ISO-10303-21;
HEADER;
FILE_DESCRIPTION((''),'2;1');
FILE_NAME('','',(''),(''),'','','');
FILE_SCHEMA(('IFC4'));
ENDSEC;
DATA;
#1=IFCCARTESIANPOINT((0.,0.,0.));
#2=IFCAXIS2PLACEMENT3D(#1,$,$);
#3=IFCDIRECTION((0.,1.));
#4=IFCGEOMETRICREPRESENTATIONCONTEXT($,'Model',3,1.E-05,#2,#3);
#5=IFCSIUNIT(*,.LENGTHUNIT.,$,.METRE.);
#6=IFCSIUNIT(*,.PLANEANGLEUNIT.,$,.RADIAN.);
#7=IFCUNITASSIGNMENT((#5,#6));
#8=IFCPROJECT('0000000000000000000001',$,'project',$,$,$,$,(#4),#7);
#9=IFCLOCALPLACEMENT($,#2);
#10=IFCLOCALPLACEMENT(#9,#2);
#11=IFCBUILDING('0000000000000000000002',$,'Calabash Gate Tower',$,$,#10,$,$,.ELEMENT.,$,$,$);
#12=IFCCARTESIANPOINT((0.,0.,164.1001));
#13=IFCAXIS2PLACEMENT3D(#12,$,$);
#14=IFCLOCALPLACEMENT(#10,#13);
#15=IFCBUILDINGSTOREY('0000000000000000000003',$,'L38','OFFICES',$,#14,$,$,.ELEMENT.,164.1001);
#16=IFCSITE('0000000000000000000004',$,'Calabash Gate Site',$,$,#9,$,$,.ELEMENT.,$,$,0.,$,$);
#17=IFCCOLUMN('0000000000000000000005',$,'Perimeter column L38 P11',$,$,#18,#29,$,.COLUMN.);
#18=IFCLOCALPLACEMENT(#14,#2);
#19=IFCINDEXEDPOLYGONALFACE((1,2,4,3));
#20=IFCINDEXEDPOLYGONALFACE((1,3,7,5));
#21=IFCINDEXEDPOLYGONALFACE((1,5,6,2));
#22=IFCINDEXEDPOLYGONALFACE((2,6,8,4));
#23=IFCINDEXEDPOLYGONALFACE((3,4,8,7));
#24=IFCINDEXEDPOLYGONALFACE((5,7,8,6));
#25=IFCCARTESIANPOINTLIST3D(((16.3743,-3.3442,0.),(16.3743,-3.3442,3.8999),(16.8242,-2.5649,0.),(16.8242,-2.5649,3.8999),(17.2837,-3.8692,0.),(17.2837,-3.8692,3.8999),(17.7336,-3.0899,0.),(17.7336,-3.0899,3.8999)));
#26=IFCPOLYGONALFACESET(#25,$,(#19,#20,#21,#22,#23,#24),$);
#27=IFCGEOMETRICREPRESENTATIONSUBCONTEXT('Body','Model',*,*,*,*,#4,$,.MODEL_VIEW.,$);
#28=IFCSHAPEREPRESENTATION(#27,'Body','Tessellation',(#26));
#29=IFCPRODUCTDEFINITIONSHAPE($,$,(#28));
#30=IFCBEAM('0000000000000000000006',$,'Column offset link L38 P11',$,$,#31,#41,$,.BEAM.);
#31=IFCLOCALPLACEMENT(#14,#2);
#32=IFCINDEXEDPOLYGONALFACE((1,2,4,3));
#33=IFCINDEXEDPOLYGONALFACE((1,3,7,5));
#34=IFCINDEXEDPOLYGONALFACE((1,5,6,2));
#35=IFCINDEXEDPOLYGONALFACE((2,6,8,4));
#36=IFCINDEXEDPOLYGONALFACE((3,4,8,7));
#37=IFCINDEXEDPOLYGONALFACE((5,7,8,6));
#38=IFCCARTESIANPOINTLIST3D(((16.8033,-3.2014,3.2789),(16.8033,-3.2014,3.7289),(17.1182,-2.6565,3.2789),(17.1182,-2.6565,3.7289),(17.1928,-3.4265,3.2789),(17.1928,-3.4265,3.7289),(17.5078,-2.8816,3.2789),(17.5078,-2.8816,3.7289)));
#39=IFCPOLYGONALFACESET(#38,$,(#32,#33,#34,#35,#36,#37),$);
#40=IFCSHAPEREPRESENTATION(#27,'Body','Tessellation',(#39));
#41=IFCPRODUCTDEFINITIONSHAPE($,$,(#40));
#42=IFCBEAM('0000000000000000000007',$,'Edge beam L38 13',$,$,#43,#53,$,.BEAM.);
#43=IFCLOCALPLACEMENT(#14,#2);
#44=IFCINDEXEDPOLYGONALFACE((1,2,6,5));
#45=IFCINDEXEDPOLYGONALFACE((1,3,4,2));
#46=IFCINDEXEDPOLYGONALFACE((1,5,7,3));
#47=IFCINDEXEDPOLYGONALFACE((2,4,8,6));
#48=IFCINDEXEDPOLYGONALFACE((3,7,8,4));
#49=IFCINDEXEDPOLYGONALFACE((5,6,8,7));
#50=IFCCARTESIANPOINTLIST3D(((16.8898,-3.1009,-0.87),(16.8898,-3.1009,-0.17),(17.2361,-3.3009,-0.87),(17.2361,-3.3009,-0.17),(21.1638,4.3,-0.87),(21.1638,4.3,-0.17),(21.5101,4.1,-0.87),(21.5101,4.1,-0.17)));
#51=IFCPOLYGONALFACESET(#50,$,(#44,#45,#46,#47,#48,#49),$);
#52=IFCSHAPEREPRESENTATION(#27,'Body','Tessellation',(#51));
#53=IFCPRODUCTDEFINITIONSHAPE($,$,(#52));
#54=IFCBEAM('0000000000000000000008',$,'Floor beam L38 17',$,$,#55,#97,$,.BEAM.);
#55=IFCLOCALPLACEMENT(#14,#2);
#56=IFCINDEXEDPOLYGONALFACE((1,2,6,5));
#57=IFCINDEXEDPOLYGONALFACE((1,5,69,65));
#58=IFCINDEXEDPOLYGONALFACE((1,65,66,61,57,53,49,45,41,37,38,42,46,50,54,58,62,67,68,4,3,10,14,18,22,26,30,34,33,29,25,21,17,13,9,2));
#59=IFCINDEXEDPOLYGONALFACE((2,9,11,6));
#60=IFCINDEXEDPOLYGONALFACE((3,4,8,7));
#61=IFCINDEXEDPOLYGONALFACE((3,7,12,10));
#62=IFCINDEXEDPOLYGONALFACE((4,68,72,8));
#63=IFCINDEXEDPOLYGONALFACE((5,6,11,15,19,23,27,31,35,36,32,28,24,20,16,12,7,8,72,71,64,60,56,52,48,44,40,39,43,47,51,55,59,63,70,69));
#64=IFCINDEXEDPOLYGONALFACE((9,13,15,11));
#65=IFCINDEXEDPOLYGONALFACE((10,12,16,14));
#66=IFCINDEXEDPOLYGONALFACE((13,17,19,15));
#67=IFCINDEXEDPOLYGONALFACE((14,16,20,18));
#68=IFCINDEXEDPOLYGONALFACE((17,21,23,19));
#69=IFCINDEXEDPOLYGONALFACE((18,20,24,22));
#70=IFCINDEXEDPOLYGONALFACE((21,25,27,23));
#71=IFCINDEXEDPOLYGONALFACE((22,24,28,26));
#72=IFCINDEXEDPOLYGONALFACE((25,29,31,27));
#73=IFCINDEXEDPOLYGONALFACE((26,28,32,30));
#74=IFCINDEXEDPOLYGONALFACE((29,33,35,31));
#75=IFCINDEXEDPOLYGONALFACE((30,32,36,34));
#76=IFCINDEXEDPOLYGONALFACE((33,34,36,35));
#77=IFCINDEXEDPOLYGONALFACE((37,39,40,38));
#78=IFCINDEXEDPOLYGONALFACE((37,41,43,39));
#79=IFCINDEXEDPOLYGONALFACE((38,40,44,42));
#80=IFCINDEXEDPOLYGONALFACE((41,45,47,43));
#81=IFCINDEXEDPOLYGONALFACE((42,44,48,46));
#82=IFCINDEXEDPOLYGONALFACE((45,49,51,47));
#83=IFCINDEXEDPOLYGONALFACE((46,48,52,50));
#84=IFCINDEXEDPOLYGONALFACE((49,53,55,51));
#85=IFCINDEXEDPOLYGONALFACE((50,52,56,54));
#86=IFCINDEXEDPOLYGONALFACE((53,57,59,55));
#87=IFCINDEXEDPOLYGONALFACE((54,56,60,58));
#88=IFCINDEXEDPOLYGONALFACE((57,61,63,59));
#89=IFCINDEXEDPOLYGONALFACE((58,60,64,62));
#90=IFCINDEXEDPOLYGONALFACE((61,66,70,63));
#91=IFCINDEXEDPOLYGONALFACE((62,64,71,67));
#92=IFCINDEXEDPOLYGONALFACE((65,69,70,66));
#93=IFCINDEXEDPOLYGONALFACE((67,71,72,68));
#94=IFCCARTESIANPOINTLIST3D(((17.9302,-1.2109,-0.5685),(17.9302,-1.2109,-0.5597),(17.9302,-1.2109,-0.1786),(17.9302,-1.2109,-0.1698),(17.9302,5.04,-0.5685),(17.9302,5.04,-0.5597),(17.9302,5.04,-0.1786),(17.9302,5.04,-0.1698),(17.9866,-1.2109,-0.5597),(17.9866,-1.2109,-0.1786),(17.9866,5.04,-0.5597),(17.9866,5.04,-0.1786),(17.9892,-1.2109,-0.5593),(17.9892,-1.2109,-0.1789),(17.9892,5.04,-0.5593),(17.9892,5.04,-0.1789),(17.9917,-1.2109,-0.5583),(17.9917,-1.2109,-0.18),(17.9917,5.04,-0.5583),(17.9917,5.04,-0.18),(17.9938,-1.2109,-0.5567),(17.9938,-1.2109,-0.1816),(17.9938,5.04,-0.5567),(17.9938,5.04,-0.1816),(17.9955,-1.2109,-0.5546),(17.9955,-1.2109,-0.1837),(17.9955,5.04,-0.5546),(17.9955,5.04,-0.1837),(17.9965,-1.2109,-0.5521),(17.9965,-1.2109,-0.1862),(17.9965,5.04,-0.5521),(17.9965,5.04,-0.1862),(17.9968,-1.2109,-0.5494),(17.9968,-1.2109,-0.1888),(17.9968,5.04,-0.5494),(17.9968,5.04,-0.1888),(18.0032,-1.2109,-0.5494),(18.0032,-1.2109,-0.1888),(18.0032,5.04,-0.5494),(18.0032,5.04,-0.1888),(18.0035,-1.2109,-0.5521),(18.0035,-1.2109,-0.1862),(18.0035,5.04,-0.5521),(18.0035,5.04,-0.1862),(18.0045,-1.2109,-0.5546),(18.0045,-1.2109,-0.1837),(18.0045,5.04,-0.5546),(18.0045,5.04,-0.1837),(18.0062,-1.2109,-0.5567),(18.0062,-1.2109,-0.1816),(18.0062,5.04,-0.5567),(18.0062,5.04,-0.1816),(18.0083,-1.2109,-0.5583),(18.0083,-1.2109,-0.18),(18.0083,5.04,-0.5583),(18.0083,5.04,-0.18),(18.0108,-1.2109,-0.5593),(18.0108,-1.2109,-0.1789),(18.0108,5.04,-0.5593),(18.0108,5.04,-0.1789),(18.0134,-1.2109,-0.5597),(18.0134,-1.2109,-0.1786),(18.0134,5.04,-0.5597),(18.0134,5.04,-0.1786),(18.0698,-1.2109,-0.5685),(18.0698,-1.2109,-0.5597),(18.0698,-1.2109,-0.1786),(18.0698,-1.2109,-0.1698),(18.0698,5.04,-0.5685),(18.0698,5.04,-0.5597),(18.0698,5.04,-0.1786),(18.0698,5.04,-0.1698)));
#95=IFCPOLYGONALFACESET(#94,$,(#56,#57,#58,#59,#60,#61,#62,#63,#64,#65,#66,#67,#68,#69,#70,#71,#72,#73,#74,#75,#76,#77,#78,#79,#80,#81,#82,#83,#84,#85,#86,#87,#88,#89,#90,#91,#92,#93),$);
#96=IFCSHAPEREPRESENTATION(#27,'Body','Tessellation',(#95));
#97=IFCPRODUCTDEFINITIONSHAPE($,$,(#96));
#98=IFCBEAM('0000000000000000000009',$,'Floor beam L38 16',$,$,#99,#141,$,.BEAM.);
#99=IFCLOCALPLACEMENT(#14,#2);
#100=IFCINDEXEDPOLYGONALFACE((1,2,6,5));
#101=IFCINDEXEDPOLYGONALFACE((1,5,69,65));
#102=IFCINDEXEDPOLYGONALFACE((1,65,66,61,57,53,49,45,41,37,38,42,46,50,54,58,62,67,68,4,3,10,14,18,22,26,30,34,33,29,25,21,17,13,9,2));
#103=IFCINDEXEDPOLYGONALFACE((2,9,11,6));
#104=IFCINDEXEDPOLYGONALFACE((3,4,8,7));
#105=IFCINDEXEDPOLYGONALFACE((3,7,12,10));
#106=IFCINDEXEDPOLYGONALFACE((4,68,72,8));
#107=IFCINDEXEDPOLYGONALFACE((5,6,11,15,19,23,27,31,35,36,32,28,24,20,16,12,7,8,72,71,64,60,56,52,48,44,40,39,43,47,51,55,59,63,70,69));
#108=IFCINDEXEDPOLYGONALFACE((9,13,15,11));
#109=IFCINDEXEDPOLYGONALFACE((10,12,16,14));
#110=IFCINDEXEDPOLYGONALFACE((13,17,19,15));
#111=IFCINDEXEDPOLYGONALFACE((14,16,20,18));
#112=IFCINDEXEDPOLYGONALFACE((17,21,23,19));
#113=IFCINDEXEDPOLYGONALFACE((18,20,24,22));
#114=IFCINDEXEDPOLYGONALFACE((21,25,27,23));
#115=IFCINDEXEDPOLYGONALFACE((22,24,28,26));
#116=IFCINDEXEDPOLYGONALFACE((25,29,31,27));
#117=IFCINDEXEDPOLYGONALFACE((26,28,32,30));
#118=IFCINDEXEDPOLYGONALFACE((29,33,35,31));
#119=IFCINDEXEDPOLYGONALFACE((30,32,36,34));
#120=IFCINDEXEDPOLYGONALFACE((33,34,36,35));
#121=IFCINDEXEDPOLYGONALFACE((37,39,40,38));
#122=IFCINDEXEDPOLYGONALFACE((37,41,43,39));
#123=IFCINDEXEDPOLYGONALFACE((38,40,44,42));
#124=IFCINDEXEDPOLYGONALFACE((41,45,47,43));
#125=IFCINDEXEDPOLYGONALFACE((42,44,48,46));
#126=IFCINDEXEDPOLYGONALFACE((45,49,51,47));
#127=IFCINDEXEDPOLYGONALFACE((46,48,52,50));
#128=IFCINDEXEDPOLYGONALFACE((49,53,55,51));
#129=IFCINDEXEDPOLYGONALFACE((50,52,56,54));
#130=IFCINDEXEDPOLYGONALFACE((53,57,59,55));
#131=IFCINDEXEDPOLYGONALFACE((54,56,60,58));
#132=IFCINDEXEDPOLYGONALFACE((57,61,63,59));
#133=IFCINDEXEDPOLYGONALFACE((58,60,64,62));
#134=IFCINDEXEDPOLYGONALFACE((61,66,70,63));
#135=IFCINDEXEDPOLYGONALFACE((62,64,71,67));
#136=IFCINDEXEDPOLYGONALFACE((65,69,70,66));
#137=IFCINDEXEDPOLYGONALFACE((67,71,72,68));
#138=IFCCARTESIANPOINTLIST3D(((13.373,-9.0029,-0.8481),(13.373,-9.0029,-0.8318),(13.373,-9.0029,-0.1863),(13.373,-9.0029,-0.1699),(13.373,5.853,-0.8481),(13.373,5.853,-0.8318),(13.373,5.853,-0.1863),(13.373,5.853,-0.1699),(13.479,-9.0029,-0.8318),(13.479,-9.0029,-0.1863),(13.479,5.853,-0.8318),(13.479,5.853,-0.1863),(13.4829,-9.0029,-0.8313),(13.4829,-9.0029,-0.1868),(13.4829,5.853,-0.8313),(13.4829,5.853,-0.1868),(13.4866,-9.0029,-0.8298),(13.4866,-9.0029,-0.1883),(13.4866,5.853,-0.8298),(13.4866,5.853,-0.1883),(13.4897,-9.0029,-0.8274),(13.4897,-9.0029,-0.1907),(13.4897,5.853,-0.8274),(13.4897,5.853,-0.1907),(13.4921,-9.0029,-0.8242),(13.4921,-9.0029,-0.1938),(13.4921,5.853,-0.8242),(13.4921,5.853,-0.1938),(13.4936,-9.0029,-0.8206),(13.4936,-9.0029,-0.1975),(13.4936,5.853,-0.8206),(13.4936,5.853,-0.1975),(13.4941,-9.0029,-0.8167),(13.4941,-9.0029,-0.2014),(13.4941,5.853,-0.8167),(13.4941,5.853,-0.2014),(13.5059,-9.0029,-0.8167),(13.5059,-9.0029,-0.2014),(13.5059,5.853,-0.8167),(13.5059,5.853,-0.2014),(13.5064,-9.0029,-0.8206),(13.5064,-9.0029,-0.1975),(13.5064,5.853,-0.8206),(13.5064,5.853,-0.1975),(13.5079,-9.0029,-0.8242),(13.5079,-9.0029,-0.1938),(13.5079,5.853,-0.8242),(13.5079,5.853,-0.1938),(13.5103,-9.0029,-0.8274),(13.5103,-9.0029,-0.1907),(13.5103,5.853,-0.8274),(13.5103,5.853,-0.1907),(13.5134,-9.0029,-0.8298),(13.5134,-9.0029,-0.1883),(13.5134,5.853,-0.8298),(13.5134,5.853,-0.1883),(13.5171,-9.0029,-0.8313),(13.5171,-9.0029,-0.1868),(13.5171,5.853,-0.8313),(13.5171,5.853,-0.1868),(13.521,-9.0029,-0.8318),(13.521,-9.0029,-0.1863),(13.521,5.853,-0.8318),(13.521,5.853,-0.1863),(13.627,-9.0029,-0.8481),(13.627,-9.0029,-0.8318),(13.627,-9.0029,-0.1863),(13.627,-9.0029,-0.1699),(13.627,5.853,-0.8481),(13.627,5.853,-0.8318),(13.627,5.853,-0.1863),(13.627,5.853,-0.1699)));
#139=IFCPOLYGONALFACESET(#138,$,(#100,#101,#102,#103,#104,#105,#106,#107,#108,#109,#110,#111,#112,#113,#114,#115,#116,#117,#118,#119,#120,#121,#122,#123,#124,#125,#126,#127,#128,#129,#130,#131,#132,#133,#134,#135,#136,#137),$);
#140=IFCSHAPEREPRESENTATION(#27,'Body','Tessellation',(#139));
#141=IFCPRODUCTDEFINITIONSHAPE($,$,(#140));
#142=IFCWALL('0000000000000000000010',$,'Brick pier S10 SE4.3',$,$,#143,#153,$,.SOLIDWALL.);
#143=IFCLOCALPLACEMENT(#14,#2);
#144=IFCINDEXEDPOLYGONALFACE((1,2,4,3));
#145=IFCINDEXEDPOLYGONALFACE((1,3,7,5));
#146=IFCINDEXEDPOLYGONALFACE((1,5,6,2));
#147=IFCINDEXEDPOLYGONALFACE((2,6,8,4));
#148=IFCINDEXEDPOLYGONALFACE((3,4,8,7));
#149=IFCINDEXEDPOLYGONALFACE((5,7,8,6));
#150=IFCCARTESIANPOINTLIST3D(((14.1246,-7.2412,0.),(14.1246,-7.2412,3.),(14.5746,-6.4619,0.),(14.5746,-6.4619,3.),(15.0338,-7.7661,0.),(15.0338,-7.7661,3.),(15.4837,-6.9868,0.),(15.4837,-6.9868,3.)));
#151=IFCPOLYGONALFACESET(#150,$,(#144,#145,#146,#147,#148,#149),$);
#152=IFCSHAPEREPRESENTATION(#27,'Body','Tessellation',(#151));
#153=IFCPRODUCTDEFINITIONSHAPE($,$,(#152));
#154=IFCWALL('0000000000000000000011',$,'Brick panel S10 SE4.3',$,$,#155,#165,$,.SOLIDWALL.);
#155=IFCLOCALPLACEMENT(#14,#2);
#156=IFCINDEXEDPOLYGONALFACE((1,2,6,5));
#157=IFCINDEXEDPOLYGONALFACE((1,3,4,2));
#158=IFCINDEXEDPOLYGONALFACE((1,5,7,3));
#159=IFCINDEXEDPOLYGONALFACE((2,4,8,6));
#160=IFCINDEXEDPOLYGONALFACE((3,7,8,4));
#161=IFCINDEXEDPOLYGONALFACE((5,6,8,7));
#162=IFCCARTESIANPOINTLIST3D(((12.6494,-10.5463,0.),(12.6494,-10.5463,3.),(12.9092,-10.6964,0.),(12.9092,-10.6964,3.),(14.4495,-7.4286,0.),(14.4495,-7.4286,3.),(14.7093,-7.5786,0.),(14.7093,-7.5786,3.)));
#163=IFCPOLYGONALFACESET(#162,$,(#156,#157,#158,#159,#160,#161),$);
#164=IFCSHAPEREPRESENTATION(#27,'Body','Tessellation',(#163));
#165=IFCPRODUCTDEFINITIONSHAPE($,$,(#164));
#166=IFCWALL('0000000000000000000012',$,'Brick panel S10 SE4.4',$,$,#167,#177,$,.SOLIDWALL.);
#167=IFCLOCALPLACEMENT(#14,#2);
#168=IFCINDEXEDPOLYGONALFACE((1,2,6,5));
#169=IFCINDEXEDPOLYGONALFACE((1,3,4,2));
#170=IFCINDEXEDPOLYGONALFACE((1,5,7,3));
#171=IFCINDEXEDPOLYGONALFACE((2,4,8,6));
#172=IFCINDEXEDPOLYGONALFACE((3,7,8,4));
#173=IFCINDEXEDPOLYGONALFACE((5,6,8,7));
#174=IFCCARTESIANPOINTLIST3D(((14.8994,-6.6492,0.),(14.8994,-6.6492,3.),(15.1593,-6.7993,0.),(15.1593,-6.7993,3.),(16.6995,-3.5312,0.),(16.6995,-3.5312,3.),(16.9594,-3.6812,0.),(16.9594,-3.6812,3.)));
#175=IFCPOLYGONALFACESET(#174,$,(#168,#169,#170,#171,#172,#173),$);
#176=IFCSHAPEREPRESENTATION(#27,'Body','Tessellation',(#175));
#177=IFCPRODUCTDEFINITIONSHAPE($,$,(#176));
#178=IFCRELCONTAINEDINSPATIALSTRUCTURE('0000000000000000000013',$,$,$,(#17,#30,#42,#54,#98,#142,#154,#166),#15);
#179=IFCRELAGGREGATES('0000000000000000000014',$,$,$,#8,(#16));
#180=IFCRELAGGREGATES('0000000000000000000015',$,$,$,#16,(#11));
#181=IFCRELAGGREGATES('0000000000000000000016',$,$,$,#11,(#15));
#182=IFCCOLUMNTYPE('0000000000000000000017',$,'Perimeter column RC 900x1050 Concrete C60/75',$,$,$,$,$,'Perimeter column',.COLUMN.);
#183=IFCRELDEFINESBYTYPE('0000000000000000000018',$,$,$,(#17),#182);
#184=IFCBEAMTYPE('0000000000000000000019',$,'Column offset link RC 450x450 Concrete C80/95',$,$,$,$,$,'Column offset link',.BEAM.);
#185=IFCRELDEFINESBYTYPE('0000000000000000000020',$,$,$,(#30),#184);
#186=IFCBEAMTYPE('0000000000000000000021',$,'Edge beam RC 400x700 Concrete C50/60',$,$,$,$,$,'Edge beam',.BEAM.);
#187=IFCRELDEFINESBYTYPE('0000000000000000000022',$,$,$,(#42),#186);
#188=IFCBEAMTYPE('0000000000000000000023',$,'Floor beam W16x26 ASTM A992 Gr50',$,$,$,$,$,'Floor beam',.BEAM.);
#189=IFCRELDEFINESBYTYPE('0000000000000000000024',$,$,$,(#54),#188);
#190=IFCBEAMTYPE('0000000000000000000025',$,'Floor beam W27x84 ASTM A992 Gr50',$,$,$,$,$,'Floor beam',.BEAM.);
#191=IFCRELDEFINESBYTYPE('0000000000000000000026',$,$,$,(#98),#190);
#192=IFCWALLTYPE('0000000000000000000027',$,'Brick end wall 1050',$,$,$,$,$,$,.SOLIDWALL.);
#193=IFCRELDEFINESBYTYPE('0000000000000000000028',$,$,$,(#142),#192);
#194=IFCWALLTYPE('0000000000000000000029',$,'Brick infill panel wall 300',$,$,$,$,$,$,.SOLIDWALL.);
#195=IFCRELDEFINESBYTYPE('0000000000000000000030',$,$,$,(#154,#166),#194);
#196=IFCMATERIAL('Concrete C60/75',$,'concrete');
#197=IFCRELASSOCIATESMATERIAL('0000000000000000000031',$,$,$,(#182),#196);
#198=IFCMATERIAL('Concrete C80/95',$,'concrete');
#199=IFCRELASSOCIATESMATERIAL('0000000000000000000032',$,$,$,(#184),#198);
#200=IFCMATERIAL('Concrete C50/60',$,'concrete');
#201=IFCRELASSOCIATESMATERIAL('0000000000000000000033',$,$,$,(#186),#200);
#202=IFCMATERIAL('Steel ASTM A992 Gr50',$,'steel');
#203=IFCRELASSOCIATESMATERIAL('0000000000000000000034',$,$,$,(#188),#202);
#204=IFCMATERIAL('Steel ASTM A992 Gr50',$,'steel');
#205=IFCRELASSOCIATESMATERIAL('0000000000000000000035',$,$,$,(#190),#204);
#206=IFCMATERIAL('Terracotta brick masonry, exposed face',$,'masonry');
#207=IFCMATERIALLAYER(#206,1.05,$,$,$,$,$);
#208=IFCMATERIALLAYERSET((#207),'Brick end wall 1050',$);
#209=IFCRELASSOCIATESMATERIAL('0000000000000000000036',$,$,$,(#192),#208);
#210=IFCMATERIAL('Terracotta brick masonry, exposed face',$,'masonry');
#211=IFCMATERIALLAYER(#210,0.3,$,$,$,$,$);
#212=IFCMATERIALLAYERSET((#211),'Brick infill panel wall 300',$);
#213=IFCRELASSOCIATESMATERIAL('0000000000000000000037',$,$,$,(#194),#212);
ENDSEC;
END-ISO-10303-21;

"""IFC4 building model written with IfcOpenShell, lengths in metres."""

from ifc_helpers import new_model, si_unit, direction, frame, frame_2d, origin, origin_2d, place, context, subcontext, project, spatial, rectangle, i_section, extrude, material, layer, layer_set, material_profile, profile_set, type_object, element, save


model = new_model("IFC4")

# Units and contexts
model_context = context("Model", 3, precision=1e-05, world=origin(), true_north=direction((0.0, 1.0)))
body_context = subcontext(model_context, "Body", "Model", "MODEL_VIEW")
ifc_project = project(units=[si_unit("LENGTHUNIT", "METRE"), si_unit("PLANEANGLEUNIT", "RADIAN")], contexts=[model_context])

# Site, building, storey
site_placement = place(None, origin())
site = spatial("IfcSite", under=ifc_project, at=site_placement, Name="Calabash Gate Site", CompositionType="ELEMENT", RefElevation=0.0)
building_placement = place(site_placement, origin())
building = spatial("IfcBuilding", under=site, at=building_placement, Name="Calabash Gate Tower", CompositionType="ELEMENT")
storey_placement = place(building_placement, frame((0.0, 0.0, 164.1001)))
storey = spatial("IfcBuildingStorey", under=building, at=storey_placement, Name="L38", Description="OFFICES", CompositionType="ELEMENT", Elevation=164.1001)

# Column
ifc_material_1 = material(Name="Concrete C60/75", Category="concrete")
ifc_material_profile_1 = material_profile(ifc_material_1, rectangle(XDim=0.8999, YDim=1.05, at=origin_2d()))
ifc_profile_set_1 = profile_set([ifc_material_profile_1], Name="Concrete C60/75")
column_type = type_object("IfcColumnType", Name="Perimeter column RC 900x1050 Concrete C60/75", ElementType="Perimeter column", PredefinedType="COLUMN", material=ifc_profile_set_1)
column_placement = place(storey_placement, frame((17.054, -3.217, 0.0), z_axis=(0.0, 0.0, 1.0), x_axis=(0.5, 0.866025, 0.0)))
element("IfcColumn", 1, at=column_placement, inside=storey, type_object=column_type, Name="Perimeter column L38 P11", PredefinedType="COLUMN", context=body_context, shape_type="SweptSolid", body=[
    extrude(rectangle(XDim=0.8999, YDim=1.05, at=origin_2d()), origin(), (0.0, 0.0, 1.0), 3.8999),
])

# Beams
ifc_material_2 = material(Name="Concrete C80/95", Category="concrete")
ifc_material_profile_2 = material_profile(ifc_material_2, rectangle(XDim=0.45, YDim=0.45, at=origin_2d()))
ifc_profile_set_2 = profile_set([ifc_material_profile_2], Name="Concrete C80/95")
beam_type_1 = type_object("IfcBeamType", Name="Column offset link RC 450x450 Concrete C80/95", ElementType="Column offset link", PredefinedType="BEAM", material=ifc_profile_set_2)
beam_1_placement = place(storey_placement, frame((16.998, -3.314, 3.5039), z_axis=(0.500394, 0.865798, 0.0), x_axis=(-0.865798, 0.500394, 0.0)))
element("IfcBeam", 2, at=beam_1_placement, inside=storey, type_object=beam_type_1, Name="Column offset link L38 P11", PredefinedType="BEAM", context=body_context, shape_type="SweptSolid", body=[
    extrude(rectangle(XDim=0.45, YDim=0.45, at=origin_2d()), origin(), (0.0, 0.0, 1.0), 0.6294),
])
ifc_material_3 = material(Name="Concrete C50/60", Category="concrete")
ifc_material_profile_3 = material_profile(ifc_material_3, rectangle(XDim=0.3999, YDim=0.7, at=origin_2d()))
ifc_profile_set_3 = profile_set([ifc_material_profile_3], Name="Concrete C50/60")
beam_type_2 = type_object("IfcBeamType", Name="Edge beam RC 400x700 Concrete C50/60", ElementType="Edge beam", PredefinedType="BEAM", material=ifc_profile_set_3)
beam_2_placement = place(storey_placement, frame((17.063, -3.2009, -0.52), z_axis=(0.50009, 0.865973, 0.0), x_axis=(-0.865973, 0.50009, 0.0)))
element("IfcBeam", 3, at=beam_2_placement, inside=storey, type_object=beam_type_2, Name="Edge beam L38 13", PredefinedType="BEAM", context=body_context, shape_type="SweptSolid", body=[
    extrude(rectangle(XDim=0.3999, YDim=0.7, at=origin_2d()), origin(), (0.0, 0.0, 1.0), 8.5464),
])
ifc_material_4 = material(Name="Steel ASTM A992 Gr50", Category="steel")
ifc_material_profile_4 = material_profile(ifc_material_4, i_section(OverallWidth=0.1396, OverallDepth=0.3987, WebThickness=0.0063, FlangeThickness=0.0088, FilletRadius=0.0103, at=origin_2d()))
ifc_profile_set_4 = profile_set([ifc_material_profile_4], Name="Steel ASTM A992 Gr50")
beam_type_3 = type_object("IfcBeamType", Name="Floor beam W16x26 ASTM A992 Gr50", ElementType="Floor beam", PredefinedType="BEAM", material=ifc_profile_set_4)
beam_3_placement = place(storey_placement, frame((18.0, -1.2109, -0.3691), z_axis=(0.0, 1.0, 0.0), x_axis=(-1.0, 0.0, 0.0)))
element("IfcBeam", 4, at=beam_3_placement, inside=storey, type_object=beam_type_3, Name="Floor beam L38 17", PredefinedType="BEAM", context=body_context, shape_type="SweptSolid", body=[
    extrude(i_section(OverallWidth=0.1396, OverallDepth=0.3987, WebThickness=0.0063, FlangeThickness=0.0088, FilletRadius=0.0103, at=origin_2d()), origin(), (0.0, 0.0, 1.0), 6.251),
])
ifc_material_5 = material(Name="Steel ASTM A992 Gr50", Category="steel")
ifc_material_profile_5 = material_profile(ifc_material_5, i_section(OverallWidth=0.2539, OverallDepth=0.6782, WebThickness=0.0117, FlangeThickness=0.0164, FilletRadius=0.0151, at=origin_2d()))
ifc_profile_set_5 = profile_set([ifc_material_profile_5], Name="Steel ASTM A992 Gr50")
beam_type_4 = type_object("IfcBeamType", Name="Floor beam W27x84 ASTM A992 Gr50", ElementType="Floor beam", PredefinedType="BEAM", material=ifc_profile_set_5)
beam_4_placement = place(storey_placement, frame((13.5, -9.0029, -0.509), z_axis=(0.0, 1.0, 0.0), x_axis=(-1.0, 0.0, 0.0)))
element("IfcBeam", 5, at=beam_4_placement, inside=storey, type_object=beam_type_4, Name="Floor beam L38 16", PredefinedType="BEAM", context=body_context, shape_type="SweptSolid", body=[
    extrude(i_section(OverallWidth=0.2539, OverallDepth=0.6782, WebThickness=0.0117, FlangeThickness=0.0164, FilletRadius=0.0151, at=origin_2d()), origin(), (0.0, 0.0, 1.0), 14.856),
])

# Walls
ifc_material_6 = material(Name="Terracotta brick masonry, exposed face", Category="masonry")
ifc_layer_1 = layer(ifc_material_6, 1.05)
ifc_layer_set_1 = layer_set([ifc_layer_1], Name="Brick end wall 1050")
wall_type_1 = type_object("IfcWallType", Name="Brick end wall 1050", PredefinedType="SOLIDWALL", material=ifc_layer_set_1)
wall_1_placement = place(storey_placement, frame((14.3496, -6.8516, 0.0), z_axis=(0.0, 0.0, 1.0), x_axis=(0.866031, -0.499991, 0.0)))
element("IfcWall", 6, at=wall_1_placement, inside=storey, type_object=wall_type_1, Name="Brick pier S10 SE4.3", PredefinedType="SOLIDWALL", context=body_context, shape_type="SweptSolid", body=[
    extrude(rectangle(XDim=1.0498, YDim=0.8999, at=frame_2d((0.5249, 0.0))), origin(), (0.0, 0.0, 1.0), 3.0),
])
ifc_material_7 = material(Name="Terracotta brick masonry, exposed face", Category="masonry")
ifc_layer_2 = layer(ifc_material_7, 0.3)
ifc_layer_set_2 = layer_set([ifc_layer_2], Name="Brick infill panel wall 300")
wall_type_2 = type_object("IfcWallType", Name="Brick infill panel wall 300", PredefinedType="SOLIDWALL", material=ifc_layer_set_2)
wall_2_placement = place(storey_placement, frame((12.7793, -10.6213, 0.0), z_axis=(0.0, 0.0, 1.0), x_axis=(0.500012, 0.866018, 0.0)))
element("IfcWall", 7, at=wall_2_placement, inside=storey, type_object=wall_type_2, Name="Brick panel S10 SE4.3", PredefinedType="SOLIDWALL", context=body_context, shape_type="SweptSolid", body=[
    extrude(rectangle(XDim=3.6001, YDim=0.3, at=frame_2d((1.8, 0.0))), origin(), (0.0, 0.0, 1.0), 3.0),
])
wall_3_placement = place(storey_placement, frame((15.0293, -6.7244, 0.0), z_axis=(0.0, 0.0, 1.0), x_axis=(0.499983, 0.866035, 0.0)))
element("IfcWall", 8, at=wall_3_placement, inside=storey, type_object=wall_type_2, Name="Brick panel S10 SE4.4", PredefinedType="SOLIDWALL", context=body_context, shape_type="SweptSolid", body=[
    extrude(rectangle(XDim=3.6003, YDim=0.3, at=frame_2d((1.8003, 0.0))), origin(), (0.0, 0.0, 1.0), 3.0),
])

save(model, "model.ifc")
